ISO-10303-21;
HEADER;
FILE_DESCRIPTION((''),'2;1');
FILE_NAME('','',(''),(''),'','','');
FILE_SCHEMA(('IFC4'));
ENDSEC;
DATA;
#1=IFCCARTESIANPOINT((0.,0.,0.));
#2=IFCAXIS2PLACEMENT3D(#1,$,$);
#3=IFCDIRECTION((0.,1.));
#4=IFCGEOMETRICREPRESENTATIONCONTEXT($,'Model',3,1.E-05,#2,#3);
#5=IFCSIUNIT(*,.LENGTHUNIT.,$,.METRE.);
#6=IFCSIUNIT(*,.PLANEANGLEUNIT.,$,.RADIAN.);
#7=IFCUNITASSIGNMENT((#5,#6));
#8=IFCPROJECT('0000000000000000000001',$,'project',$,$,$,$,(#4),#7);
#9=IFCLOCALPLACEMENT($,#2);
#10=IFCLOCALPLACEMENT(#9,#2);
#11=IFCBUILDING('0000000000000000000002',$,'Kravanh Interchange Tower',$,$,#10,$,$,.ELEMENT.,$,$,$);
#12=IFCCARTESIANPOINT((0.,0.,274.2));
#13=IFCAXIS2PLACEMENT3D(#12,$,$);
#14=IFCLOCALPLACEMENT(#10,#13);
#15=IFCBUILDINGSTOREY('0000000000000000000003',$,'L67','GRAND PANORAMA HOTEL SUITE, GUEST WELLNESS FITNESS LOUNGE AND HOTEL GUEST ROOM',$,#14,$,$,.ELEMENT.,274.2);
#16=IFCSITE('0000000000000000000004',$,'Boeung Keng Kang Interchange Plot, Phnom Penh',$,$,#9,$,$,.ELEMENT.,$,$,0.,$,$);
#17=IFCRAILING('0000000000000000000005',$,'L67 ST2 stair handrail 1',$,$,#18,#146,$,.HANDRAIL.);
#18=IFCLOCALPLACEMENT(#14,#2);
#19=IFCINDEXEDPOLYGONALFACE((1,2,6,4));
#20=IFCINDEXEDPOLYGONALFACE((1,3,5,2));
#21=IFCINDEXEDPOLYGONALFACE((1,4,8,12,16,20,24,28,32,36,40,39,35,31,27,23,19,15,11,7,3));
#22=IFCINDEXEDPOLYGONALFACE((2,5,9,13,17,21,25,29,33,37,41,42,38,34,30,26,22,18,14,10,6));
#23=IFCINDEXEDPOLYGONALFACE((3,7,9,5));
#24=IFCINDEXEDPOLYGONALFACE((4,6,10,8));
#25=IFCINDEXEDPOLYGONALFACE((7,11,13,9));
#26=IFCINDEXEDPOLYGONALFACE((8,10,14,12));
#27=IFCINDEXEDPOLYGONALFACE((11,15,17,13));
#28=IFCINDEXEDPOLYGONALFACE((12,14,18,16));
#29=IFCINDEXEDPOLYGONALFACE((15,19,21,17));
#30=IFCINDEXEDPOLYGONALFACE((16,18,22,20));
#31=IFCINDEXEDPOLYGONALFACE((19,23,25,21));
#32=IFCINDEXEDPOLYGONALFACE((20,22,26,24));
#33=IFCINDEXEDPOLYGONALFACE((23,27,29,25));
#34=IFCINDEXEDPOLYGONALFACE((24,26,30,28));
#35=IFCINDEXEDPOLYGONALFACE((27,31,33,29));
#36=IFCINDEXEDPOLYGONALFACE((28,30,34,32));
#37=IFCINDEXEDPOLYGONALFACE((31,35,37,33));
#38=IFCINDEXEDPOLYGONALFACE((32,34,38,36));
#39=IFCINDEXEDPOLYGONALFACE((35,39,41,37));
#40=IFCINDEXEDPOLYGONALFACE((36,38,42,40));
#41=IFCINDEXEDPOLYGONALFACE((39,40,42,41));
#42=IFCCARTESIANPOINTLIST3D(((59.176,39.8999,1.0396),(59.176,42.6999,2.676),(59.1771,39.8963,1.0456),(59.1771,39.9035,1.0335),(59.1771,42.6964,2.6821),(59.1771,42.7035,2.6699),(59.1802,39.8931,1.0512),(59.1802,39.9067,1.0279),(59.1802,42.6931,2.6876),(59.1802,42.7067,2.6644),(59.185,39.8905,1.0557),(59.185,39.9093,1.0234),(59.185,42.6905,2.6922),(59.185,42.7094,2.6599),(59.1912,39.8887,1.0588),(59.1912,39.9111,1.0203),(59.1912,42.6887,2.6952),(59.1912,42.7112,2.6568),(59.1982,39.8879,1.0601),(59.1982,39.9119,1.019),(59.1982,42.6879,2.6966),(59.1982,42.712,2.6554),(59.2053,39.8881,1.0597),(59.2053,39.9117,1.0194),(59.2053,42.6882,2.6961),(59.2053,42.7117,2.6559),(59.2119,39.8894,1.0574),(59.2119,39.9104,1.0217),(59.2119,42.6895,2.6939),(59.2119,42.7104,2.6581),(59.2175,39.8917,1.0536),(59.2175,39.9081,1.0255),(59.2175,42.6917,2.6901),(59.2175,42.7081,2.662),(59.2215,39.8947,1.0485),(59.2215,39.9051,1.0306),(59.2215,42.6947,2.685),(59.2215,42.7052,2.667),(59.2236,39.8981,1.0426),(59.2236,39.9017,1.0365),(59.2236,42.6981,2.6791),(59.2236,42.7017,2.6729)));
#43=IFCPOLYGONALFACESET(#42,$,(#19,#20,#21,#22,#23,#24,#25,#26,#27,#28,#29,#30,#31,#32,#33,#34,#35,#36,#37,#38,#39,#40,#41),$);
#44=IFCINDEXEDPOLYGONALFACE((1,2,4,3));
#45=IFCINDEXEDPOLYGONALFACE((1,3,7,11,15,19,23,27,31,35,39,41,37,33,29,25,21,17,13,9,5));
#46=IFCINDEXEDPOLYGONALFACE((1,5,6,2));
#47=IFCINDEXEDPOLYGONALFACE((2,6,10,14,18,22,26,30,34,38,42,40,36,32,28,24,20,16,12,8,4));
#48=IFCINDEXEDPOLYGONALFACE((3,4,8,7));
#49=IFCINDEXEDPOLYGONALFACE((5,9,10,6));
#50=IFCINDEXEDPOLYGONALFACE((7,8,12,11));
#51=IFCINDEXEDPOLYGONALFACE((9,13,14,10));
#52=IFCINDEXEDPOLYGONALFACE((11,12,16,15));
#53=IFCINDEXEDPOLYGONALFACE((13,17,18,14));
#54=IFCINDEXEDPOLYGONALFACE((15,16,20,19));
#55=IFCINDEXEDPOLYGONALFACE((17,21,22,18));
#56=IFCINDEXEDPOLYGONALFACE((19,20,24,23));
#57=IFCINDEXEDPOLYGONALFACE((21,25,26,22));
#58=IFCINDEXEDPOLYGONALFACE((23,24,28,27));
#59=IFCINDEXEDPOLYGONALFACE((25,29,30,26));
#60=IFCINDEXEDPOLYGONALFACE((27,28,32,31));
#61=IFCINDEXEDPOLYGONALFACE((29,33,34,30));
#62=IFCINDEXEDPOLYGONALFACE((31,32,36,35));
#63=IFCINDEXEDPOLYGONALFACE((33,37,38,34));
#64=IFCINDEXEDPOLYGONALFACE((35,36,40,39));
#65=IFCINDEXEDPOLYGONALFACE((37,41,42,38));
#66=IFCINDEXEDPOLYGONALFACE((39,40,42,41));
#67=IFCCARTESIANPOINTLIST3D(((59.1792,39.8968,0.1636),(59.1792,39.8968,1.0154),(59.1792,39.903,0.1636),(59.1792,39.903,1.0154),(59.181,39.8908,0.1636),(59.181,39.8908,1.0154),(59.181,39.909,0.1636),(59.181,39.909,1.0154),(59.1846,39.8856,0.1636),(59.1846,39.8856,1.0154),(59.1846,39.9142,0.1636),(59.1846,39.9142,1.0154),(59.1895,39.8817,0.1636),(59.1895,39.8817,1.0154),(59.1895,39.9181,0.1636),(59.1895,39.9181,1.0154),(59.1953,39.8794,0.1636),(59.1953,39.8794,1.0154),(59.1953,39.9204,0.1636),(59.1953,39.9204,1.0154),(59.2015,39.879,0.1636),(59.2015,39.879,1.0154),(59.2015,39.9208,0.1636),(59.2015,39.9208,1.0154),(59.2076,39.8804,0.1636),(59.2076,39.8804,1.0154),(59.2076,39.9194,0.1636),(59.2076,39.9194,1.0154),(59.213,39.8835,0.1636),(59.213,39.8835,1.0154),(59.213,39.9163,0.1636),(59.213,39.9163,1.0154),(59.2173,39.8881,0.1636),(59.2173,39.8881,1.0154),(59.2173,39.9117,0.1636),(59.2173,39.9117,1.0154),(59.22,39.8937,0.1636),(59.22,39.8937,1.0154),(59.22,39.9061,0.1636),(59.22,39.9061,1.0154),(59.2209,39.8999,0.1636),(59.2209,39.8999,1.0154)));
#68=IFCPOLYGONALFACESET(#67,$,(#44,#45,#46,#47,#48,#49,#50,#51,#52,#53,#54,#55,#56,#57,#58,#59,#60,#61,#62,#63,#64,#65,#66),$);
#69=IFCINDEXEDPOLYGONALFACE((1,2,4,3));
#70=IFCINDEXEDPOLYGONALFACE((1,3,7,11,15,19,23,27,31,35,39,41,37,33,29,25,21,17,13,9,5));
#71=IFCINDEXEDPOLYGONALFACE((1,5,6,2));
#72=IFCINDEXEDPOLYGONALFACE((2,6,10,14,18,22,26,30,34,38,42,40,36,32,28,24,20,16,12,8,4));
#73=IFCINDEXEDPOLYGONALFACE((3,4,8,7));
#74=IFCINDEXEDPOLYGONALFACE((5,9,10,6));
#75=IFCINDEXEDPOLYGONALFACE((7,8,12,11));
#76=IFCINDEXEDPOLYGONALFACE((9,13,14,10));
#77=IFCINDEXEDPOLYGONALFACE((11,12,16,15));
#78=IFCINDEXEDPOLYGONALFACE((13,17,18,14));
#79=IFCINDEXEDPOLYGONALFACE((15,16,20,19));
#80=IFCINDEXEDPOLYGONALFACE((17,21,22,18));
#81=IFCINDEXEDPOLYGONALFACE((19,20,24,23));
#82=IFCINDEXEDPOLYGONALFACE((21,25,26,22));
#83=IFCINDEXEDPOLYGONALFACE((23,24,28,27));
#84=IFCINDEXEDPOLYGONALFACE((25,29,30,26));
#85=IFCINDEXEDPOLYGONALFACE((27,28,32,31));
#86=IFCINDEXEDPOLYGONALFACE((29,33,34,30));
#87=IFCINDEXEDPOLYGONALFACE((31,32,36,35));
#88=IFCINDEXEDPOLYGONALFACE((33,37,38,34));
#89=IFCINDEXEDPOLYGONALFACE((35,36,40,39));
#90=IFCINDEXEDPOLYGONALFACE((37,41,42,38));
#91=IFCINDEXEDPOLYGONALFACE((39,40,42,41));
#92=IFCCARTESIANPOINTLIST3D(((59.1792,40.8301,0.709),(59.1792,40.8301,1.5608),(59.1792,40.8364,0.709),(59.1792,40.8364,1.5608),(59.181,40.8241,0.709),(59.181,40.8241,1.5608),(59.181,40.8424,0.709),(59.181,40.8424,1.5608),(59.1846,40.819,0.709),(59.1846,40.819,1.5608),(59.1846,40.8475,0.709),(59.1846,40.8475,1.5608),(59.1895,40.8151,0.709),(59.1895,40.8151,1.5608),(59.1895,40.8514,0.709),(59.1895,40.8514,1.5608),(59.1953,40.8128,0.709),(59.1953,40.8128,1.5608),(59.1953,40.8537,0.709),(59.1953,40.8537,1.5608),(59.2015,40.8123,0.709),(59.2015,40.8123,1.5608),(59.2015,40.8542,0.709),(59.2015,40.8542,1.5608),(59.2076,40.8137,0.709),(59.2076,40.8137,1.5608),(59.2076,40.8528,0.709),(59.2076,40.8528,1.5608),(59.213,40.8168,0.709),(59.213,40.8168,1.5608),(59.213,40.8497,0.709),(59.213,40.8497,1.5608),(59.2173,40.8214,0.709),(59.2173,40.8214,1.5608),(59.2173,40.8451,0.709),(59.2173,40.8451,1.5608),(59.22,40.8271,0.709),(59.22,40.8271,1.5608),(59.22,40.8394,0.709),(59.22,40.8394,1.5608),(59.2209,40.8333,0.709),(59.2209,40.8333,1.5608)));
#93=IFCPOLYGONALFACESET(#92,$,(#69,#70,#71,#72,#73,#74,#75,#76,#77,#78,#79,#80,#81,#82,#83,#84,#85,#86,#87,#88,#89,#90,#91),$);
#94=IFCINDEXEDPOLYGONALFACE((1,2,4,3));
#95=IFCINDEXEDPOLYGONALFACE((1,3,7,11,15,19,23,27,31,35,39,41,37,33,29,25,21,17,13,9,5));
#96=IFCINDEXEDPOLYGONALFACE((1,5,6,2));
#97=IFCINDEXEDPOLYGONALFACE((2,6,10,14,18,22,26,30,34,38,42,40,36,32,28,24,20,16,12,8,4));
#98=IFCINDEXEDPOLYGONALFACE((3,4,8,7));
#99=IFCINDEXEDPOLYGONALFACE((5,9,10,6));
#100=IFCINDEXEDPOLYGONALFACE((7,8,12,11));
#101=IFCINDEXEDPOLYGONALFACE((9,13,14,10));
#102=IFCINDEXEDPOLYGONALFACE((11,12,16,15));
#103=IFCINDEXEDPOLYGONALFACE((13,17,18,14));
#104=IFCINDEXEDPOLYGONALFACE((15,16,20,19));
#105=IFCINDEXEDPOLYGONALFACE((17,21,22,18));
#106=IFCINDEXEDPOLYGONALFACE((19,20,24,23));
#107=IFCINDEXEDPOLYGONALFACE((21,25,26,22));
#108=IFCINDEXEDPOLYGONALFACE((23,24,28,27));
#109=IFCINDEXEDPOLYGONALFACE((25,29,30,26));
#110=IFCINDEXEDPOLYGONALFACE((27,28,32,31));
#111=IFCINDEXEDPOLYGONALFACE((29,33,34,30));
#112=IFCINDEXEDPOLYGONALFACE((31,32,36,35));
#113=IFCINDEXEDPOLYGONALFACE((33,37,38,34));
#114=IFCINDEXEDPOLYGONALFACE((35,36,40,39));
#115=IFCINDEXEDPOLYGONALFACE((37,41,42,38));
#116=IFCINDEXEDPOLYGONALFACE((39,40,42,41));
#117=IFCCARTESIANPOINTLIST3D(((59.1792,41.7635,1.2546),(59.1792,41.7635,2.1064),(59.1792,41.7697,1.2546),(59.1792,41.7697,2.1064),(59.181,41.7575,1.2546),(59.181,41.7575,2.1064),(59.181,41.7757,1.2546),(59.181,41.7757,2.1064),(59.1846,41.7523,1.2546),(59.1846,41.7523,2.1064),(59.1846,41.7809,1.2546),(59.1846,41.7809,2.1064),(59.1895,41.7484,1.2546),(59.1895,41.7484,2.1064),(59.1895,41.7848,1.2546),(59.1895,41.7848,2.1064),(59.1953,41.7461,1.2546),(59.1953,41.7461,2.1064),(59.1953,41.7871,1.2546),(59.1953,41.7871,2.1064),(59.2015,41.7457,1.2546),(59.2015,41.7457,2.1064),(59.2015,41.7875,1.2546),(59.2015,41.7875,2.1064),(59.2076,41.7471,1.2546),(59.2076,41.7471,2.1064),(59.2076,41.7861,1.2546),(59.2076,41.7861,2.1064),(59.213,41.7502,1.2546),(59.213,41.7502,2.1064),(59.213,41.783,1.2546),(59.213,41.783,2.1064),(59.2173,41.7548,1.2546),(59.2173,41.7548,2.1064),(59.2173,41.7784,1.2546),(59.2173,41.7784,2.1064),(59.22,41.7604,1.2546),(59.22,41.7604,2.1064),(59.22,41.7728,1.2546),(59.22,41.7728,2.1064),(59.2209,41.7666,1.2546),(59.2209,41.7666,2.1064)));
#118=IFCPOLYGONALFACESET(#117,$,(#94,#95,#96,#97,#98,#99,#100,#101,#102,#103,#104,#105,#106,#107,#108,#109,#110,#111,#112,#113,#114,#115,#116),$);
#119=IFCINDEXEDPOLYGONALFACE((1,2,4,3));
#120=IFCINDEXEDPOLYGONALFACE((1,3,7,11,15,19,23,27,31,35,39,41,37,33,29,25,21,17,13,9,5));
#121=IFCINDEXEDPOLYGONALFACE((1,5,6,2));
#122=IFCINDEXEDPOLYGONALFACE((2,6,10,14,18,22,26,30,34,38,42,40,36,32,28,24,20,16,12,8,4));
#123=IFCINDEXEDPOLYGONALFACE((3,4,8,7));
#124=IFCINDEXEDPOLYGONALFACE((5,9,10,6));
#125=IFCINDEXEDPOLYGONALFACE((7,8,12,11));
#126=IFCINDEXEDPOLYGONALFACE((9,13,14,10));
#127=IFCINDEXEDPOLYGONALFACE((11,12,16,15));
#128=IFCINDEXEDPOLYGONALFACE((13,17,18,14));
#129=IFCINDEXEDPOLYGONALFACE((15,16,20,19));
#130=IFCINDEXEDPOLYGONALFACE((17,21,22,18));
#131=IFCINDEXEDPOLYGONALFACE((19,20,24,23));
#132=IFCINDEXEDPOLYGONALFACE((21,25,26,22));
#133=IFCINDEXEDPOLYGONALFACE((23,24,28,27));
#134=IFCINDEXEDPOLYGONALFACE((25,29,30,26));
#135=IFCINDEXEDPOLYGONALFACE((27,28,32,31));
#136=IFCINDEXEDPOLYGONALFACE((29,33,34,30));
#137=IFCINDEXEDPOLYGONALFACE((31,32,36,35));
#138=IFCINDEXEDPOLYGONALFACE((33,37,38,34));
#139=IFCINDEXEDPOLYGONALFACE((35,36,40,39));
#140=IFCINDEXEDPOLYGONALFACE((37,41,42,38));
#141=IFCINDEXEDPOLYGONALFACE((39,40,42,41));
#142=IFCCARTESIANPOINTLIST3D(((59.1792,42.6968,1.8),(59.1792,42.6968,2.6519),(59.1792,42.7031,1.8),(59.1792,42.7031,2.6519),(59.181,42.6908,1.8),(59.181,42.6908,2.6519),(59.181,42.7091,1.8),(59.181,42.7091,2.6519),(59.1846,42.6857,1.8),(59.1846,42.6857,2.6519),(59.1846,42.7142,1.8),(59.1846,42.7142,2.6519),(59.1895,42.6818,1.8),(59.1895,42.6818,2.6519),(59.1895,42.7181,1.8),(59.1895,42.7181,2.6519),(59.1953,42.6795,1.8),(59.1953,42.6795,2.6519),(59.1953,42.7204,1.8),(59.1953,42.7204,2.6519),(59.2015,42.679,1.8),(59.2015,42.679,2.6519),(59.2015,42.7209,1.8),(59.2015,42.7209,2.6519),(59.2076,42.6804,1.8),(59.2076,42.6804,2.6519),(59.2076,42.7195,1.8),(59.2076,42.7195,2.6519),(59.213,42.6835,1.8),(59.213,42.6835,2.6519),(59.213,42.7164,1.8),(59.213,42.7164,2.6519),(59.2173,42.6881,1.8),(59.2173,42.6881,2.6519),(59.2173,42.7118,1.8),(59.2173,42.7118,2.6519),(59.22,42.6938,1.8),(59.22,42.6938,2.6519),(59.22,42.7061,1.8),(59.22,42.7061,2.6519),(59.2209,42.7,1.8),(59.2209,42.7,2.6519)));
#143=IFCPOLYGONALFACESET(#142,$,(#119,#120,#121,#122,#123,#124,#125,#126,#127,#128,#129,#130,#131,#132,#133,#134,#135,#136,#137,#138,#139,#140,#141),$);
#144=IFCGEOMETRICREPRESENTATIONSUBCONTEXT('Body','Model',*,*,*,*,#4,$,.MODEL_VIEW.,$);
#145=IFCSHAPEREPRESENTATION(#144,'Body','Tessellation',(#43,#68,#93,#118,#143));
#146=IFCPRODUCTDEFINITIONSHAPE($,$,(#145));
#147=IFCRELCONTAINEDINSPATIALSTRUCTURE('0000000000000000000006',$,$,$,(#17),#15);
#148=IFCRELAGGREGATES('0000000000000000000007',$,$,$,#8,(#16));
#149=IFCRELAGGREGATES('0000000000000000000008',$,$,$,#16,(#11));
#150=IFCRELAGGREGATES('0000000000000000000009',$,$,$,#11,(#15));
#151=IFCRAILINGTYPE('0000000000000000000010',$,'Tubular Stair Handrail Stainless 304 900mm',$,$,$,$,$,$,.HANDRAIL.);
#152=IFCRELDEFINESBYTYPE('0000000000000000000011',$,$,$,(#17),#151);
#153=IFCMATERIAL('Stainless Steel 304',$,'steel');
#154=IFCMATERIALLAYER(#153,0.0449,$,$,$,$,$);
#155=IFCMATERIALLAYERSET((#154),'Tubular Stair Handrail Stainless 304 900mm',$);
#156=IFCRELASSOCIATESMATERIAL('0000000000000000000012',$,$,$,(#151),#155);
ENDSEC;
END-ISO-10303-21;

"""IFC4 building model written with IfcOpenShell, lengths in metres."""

from ifc_helpers import new_model, si_unit, direction, frame, origin, origin_2d, place, context, subcontext, project, spatial, circle, extrude, material, layer, layer_set, type_object, element, save


model = new_model("IFC4")

# Units and contexts
model_context = context("Model", 3, precision=1e-05, world=origin(), true_north=direction((0.0, 1.0)))
body_context = subcontext(model_context, "Body", "Model", "MODEL_VIEW")
ifc_project = project(units=[si_unit("LENGTHUNIT", "METRE"), si_unit("PLANEANGLEUNIT", "RADIAN")], contexts=[model_context])

# Site, building, storey
site_placement = place(None, origin())
site = spatial("IfcSite", under=ifc_project, at=site_placement, Name="Boeung Keng Kang Interchange Plot, Phnom Penh", CompositionType="ELEMENT", RefElevation=0.0)
building_placement = place(site_placement, origin())
building = spatial("IfcBuilding", under=site, at=building_placement, Name="Kravanh Interchange Tower", CompositionType="ELEMENT")
storey_placement = place(building_placement, frame((0.0, 0.0, 274.2)))
storey = spatial("IfcBuildingStorey", under=building, at=storey_placement, Name="L67", Description="GRAND PANORAMA HOTEL SUITE, GUEST WELLNESS FITNESS LOUNGE AND HOTEL GUEST ROOM", CompositionType="ELEMENT", Elevation=274.2)

# Railing
ifc_material_1 = material(Name="Stainless Steel 304", Category="steel")
ifc_layer_1 = layer(ifc_material_1, 0.0449)
ifc_layer_set_1 = layer_set([ifc_layer_1], Name="Tubular Stair Handrail Stainless 304 900mm")
railing_type_1 = type_object("IfcRailingType", Name="Tubular Stair Handrail Stainless 304 900mm", PredefinedType="HANDRAIL", material=ifc_layer_set_1)
railing_1_placement = place(storey_placement, frame((59.2, 39.8999, 0.1636)))
element("IfcRailing", 1, at=railing_1_placement, inside=storey, type_object=railing_type_1, Name="L67 ST2 stair handrail 1", PredefinedType="HANDRAIL", context=body_context, shape_type="SweptSolid", body=[
    extrude(circle(Radius=0.0239, at=origin_2d()), frame((0.0, 0.0, 0.876), z_axis=(0.0, 0.863361, 0.504587), x_axis=(-1.0, 0.0, 0.0)), (0.0, 0.0, 1.0), 3.2432),
    extrude(circle(Radius=0.021, at=origin_2d()), origin(), (0.0, 0.0, 1.0), 0.8518),
    extrude(circle(Radius=0.021, at=origin_2d()), frame((0.0, 0.9333, 0.5454)), (0.0, 0.0, 1.0), 0.8518),
    extrude(circle(Radius=0.021, at=origin_2d()), frame((0.0, 1.8667, 1.0911)), (0.0, 0.0, 1.0), 0.8518),
    extrude(circle(Radius=0.021, at=origin_2d()), frame((0.0, 2.8, 1.6365)), (0.0, 0.0, 1.0), 0.8518),
])

save(model, "model.ifc")
